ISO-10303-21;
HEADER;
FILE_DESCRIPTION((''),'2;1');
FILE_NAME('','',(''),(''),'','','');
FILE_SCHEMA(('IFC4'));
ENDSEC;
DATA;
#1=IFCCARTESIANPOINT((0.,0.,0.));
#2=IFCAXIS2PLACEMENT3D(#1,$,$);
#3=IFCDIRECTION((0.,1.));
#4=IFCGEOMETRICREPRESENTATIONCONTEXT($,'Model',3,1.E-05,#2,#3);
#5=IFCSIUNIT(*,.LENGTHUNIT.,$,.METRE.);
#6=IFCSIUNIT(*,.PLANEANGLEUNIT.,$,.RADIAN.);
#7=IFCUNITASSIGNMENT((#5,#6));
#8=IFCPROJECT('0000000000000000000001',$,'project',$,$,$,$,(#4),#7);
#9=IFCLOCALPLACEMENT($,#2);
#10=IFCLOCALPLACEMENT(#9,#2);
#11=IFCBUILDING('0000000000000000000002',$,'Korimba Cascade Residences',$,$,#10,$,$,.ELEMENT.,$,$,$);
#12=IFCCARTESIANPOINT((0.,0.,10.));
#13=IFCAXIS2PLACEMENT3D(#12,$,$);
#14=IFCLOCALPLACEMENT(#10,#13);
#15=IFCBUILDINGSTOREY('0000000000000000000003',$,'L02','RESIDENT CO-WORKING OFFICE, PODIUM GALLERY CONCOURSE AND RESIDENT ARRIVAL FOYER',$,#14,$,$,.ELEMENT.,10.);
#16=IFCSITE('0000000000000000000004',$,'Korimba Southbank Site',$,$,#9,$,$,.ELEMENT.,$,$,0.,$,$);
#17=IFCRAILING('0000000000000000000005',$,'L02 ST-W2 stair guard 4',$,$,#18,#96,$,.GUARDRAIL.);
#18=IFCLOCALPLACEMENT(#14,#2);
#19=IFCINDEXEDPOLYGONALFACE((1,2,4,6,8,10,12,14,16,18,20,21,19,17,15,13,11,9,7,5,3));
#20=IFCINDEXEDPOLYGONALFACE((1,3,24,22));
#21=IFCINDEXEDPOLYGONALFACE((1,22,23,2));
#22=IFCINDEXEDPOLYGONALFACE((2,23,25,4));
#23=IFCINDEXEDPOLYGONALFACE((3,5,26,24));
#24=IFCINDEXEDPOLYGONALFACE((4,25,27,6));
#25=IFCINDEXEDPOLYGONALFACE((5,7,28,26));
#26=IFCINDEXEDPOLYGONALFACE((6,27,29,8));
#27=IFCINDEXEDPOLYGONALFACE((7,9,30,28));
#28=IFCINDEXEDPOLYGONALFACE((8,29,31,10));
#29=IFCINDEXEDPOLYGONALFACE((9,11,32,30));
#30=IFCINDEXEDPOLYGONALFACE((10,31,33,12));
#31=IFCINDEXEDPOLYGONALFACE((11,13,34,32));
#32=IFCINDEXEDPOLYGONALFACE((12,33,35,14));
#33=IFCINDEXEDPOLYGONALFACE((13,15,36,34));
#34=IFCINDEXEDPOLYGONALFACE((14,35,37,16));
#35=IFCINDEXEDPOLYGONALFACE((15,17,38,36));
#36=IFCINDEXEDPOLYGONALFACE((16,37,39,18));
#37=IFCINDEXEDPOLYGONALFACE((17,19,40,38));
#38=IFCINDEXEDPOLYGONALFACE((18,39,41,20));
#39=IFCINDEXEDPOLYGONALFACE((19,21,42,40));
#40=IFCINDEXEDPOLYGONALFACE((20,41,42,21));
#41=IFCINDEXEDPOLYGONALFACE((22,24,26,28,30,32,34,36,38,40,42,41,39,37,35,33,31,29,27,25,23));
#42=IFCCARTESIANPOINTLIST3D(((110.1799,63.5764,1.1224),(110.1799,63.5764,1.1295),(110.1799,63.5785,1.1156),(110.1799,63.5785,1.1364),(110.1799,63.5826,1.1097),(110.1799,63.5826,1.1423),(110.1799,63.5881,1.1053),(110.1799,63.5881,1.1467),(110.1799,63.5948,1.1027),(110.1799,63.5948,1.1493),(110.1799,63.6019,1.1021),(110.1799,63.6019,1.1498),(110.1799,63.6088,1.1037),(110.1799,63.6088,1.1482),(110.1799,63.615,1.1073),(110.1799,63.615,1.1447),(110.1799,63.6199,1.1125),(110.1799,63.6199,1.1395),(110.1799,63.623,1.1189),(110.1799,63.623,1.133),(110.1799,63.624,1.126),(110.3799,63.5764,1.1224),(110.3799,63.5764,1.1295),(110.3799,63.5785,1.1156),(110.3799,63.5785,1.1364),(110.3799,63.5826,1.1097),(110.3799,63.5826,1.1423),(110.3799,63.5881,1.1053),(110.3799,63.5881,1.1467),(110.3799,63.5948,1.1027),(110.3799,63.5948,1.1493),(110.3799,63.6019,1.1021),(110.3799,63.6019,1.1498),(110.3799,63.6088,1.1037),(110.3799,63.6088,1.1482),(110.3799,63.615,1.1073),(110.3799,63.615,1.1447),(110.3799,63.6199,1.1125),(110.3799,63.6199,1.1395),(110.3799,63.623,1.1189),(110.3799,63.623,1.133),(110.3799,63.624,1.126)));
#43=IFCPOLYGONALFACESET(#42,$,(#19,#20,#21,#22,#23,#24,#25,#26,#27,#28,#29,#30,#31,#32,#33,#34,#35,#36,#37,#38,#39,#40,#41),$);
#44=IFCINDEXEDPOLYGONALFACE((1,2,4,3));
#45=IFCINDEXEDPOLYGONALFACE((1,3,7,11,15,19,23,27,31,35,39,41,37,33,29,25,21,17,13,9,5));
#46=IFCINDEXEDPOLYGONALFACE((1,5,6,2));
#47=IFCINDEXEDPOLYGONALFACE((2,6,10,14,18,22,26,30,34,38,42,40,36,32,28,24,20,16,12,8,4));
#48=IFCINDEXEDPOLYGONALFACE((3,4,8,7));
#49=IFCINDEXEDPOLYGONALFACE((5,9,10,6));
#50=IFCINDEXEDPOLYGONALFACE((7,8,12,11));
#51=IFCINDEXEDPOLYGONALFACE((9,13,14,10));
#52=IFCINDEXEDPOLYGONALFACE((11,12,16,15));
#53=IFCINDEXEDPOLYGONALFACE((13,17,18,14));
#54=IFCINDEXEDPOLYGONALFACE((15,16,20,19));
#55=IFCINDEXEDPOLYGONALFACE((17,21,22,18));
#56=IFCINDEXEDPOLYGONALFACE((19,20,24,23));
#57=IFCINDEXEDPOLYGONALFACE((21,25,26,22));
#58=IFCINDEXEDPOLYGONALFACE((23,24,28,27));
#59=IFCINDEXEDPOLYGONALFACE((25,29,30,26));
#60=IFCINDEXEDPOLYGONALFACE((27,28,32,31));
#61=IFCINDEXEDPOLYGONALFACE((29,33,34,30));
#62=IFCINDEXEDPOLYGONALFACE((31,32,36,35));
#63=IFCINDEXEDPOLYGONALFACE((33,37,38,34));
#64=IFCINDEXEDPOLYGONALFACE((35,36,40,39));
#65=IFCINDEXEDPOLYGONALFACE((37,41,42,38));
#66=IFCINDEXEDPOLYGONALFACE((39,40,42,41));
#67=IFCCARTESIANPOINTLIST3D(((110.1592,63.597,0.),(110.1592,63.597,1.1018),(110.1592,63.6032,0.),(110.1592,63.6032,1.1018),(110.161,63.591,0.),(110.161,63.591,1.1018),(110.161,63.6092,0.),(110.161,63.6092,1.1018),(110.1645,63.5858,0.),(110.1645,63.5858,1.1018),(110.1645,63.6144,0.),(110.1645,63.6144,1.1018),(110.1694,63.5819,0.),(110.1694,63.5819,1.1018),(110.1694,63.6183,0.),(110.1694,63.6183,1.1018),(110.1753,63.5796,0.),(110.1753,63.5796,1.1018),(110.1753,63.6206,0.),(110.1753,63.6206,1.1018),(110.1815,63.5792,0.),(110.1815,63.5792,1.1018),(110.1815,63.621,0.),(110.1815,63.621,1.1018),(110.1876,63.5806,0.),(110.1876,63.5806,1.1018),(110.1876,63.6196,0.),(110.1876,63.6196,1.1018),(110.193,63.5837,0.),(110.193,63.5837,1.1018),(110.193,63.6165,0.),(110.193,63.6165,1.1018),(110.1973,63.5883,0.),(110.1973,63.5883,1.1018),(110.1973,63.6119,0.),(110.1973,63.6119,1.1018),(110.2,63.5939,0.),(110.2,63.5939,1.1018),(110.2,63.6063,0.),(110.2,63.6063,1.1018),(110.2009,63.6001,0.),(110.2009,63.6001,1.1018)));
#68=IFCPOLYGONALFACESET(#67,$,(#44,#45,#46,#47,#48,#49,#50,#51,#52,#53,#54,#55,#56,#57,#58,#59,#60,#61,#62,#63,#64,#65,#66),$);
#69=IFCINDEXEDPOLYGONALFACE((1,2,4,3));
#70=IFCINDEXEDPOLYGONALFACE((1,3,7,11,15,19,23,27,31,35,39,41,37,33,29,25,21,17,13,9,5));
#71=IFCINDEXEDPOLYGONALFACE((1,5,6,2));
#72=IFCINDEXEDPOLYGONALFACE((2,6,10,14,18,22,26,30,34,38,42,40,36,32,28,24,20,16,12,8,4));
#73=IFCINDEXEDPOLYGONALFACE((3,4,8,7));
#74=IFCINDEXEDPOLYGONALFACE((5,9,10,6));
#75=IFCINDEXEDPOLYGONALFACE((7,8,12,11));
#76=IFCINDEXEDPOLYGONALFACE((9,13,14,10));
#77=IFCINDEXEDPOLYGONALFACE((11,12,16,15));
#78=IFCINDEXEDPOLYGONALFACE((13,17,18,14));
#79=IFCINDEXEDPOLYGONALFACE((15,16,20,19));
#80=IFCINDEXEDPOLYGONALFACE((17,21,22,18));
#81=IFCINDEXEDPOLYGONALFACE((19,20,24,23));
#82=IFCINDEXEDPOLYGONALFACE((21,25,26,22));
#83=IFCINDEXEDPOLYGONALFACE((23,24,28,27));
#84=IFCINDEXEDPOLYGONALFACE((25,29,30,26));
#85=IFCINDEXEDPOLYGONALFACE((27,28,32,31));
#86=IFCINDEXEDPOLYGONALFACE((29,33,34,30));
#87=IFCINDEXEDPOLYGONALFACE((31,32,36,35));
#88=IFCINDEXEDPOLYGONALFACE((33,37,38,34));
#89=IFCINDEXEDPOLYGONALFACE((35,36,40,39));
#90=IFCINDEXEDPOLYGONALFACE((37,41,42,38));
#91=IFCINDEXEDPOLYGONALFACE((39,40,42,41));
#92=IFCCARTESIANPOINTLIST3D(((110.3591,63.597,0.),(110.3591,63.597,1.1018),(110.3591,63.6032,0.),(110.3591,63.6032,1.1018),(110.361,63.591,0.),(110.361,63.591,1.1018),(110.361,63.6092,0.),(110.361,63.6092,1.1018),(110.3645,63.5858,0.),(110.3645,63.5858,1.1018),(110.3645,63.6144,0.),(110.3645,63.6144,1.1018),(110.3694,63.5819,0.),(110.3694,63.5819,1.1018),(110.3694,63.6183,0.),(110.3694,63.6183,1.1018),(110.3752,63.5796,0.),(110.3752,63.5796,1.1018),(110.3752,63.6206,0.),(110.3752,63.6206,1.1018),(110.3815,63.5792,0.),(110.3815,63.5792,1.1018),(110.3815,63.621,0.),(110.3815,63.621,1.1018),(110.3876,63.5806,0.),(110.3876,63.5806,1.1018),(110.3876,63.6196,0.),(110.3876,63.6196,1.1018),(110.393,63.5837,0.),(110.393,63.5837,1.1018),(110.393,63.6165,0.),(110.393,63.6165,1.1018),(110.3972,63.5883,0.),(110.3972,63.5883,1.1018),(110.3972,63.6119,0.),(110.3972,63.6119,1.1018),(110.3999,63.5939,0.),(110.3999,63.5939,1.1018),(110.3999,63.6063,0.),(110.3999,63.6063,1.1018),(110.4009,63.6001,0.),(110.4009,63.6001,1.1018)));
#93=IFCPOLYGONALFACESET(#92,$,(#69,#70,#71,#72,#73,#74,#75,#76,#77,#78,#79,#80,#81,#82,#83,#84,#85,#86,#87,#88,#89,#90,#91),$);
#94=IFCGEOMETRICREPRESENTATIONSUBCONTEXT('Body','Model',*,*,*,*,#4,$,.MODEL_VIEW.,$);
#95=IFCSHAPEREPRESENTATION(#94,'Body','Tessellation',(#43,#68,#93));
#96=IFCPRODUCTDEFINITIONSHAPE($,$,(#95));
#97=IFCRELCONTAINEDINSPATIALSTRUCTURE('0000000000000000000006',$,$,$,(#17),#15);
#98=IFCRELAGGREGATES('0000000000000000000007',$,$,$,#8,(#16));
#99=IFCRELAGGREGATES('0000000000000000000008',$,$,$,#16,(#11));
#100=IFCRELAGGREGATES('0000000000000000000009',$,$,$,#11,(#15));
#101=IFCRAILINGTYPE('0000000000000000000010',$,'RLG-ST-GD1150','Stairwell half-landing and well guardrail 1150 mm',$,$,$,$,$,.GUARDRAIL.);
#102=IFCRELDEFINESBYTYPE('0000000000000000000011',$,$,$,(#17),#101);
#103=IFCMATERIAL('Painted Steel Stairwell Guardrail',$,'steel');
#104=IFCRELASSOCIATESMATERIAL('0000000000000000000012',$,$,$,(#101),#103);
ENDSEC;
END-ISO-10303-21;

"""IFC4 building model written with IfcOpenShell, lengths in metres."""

from ifc_helpers import new_model, si_unit, direction, frame, origin, origin_2d, place, context, subcontext, project, spatial, circle, extrude, material, type_object, element, save


model = new_model("IFC4")

# Units and contexts
model_context = context("Model", 3, precision=1e-05, world=origin(), true_north=direction((0.0, 1.0)))
body_context = subcontext(model_context, "Body", "Model", "MODEL_VIEW")
ifc_project = project(units=[si_unit("LENGTHUNIT", "METRE"), si_unit("PLANEANGLEUNIT", "RADIAN")], contexts=[model_context])

# Site, building, storey
site_placement = place(None, origin())
site = spatial("IfcSite", under=ifc_project, at=site_placement, Name="Korimba Southbank Site", CompositionType="ELEMENT", RefElevation=0.0)
building_placement = place(site_placement, origin())
building = spatial("IfcBuilding", under=site, at=building_placement, Name="Korimba Cascade Residences", CompositionType="ELEMENT")
storey_placement = place(building_placement, frame((0.0, 0.0, 10.0)))
storey = spatial("IfcBuildingStorey", under=building, at=storey_placement, Name="L02", Description="RESIDENT CO-WORKING OFFICE, PODIUM GALLERY CONCOURSE AND RESIDENT ARRIVAL FOYER", CompositionType="ELEMENT", Elevation=10.0)

# Railing
ifc_material_1 = material(Name="Painted Steel Stairwell Guardrail", Category="steel")
railing_type_1 = type_object("IfcRailingType", Name="RLG-ST-GD1150", Description="Stairwell half-landing and well guardrail 1150 mm", PredefinedType="GUARDRAIL", material=ifc_material_1)
railing_1_placement = place(storey_placement, frame((110.1799, 63.6001, 0.0)))
element("IfcRailing", 1, at=railing_1_placement, inside=storey, type_object=railing_type_1, Name="L02 ST-W2 stair guard 4", PredefinedType="GUARDRAIL", context=body_context, shape_type="SweptSolid", body=[
    extrude(circle(Radius=0.0239, at=origin_2d()), frame((0.0, 0.0, 1.126), z_axis=(1.0, 0.0, 0.0), x_axis=(0.0, 1.0, 0.0)), (0.0, 0.0, 1.0), 0.2),
    extrude(circle(Radius=0.021, at=origin_2d()), origin(), (0.0, 0.0, 1.0), 1.1018),
    extrude(circle(Radius=0.021, at=origin_2d()), frame((0.2, 0.0, 0.0)), (0.0, 0.0, 1.0), 1.1018),
])

save(model, "model.ifc")
